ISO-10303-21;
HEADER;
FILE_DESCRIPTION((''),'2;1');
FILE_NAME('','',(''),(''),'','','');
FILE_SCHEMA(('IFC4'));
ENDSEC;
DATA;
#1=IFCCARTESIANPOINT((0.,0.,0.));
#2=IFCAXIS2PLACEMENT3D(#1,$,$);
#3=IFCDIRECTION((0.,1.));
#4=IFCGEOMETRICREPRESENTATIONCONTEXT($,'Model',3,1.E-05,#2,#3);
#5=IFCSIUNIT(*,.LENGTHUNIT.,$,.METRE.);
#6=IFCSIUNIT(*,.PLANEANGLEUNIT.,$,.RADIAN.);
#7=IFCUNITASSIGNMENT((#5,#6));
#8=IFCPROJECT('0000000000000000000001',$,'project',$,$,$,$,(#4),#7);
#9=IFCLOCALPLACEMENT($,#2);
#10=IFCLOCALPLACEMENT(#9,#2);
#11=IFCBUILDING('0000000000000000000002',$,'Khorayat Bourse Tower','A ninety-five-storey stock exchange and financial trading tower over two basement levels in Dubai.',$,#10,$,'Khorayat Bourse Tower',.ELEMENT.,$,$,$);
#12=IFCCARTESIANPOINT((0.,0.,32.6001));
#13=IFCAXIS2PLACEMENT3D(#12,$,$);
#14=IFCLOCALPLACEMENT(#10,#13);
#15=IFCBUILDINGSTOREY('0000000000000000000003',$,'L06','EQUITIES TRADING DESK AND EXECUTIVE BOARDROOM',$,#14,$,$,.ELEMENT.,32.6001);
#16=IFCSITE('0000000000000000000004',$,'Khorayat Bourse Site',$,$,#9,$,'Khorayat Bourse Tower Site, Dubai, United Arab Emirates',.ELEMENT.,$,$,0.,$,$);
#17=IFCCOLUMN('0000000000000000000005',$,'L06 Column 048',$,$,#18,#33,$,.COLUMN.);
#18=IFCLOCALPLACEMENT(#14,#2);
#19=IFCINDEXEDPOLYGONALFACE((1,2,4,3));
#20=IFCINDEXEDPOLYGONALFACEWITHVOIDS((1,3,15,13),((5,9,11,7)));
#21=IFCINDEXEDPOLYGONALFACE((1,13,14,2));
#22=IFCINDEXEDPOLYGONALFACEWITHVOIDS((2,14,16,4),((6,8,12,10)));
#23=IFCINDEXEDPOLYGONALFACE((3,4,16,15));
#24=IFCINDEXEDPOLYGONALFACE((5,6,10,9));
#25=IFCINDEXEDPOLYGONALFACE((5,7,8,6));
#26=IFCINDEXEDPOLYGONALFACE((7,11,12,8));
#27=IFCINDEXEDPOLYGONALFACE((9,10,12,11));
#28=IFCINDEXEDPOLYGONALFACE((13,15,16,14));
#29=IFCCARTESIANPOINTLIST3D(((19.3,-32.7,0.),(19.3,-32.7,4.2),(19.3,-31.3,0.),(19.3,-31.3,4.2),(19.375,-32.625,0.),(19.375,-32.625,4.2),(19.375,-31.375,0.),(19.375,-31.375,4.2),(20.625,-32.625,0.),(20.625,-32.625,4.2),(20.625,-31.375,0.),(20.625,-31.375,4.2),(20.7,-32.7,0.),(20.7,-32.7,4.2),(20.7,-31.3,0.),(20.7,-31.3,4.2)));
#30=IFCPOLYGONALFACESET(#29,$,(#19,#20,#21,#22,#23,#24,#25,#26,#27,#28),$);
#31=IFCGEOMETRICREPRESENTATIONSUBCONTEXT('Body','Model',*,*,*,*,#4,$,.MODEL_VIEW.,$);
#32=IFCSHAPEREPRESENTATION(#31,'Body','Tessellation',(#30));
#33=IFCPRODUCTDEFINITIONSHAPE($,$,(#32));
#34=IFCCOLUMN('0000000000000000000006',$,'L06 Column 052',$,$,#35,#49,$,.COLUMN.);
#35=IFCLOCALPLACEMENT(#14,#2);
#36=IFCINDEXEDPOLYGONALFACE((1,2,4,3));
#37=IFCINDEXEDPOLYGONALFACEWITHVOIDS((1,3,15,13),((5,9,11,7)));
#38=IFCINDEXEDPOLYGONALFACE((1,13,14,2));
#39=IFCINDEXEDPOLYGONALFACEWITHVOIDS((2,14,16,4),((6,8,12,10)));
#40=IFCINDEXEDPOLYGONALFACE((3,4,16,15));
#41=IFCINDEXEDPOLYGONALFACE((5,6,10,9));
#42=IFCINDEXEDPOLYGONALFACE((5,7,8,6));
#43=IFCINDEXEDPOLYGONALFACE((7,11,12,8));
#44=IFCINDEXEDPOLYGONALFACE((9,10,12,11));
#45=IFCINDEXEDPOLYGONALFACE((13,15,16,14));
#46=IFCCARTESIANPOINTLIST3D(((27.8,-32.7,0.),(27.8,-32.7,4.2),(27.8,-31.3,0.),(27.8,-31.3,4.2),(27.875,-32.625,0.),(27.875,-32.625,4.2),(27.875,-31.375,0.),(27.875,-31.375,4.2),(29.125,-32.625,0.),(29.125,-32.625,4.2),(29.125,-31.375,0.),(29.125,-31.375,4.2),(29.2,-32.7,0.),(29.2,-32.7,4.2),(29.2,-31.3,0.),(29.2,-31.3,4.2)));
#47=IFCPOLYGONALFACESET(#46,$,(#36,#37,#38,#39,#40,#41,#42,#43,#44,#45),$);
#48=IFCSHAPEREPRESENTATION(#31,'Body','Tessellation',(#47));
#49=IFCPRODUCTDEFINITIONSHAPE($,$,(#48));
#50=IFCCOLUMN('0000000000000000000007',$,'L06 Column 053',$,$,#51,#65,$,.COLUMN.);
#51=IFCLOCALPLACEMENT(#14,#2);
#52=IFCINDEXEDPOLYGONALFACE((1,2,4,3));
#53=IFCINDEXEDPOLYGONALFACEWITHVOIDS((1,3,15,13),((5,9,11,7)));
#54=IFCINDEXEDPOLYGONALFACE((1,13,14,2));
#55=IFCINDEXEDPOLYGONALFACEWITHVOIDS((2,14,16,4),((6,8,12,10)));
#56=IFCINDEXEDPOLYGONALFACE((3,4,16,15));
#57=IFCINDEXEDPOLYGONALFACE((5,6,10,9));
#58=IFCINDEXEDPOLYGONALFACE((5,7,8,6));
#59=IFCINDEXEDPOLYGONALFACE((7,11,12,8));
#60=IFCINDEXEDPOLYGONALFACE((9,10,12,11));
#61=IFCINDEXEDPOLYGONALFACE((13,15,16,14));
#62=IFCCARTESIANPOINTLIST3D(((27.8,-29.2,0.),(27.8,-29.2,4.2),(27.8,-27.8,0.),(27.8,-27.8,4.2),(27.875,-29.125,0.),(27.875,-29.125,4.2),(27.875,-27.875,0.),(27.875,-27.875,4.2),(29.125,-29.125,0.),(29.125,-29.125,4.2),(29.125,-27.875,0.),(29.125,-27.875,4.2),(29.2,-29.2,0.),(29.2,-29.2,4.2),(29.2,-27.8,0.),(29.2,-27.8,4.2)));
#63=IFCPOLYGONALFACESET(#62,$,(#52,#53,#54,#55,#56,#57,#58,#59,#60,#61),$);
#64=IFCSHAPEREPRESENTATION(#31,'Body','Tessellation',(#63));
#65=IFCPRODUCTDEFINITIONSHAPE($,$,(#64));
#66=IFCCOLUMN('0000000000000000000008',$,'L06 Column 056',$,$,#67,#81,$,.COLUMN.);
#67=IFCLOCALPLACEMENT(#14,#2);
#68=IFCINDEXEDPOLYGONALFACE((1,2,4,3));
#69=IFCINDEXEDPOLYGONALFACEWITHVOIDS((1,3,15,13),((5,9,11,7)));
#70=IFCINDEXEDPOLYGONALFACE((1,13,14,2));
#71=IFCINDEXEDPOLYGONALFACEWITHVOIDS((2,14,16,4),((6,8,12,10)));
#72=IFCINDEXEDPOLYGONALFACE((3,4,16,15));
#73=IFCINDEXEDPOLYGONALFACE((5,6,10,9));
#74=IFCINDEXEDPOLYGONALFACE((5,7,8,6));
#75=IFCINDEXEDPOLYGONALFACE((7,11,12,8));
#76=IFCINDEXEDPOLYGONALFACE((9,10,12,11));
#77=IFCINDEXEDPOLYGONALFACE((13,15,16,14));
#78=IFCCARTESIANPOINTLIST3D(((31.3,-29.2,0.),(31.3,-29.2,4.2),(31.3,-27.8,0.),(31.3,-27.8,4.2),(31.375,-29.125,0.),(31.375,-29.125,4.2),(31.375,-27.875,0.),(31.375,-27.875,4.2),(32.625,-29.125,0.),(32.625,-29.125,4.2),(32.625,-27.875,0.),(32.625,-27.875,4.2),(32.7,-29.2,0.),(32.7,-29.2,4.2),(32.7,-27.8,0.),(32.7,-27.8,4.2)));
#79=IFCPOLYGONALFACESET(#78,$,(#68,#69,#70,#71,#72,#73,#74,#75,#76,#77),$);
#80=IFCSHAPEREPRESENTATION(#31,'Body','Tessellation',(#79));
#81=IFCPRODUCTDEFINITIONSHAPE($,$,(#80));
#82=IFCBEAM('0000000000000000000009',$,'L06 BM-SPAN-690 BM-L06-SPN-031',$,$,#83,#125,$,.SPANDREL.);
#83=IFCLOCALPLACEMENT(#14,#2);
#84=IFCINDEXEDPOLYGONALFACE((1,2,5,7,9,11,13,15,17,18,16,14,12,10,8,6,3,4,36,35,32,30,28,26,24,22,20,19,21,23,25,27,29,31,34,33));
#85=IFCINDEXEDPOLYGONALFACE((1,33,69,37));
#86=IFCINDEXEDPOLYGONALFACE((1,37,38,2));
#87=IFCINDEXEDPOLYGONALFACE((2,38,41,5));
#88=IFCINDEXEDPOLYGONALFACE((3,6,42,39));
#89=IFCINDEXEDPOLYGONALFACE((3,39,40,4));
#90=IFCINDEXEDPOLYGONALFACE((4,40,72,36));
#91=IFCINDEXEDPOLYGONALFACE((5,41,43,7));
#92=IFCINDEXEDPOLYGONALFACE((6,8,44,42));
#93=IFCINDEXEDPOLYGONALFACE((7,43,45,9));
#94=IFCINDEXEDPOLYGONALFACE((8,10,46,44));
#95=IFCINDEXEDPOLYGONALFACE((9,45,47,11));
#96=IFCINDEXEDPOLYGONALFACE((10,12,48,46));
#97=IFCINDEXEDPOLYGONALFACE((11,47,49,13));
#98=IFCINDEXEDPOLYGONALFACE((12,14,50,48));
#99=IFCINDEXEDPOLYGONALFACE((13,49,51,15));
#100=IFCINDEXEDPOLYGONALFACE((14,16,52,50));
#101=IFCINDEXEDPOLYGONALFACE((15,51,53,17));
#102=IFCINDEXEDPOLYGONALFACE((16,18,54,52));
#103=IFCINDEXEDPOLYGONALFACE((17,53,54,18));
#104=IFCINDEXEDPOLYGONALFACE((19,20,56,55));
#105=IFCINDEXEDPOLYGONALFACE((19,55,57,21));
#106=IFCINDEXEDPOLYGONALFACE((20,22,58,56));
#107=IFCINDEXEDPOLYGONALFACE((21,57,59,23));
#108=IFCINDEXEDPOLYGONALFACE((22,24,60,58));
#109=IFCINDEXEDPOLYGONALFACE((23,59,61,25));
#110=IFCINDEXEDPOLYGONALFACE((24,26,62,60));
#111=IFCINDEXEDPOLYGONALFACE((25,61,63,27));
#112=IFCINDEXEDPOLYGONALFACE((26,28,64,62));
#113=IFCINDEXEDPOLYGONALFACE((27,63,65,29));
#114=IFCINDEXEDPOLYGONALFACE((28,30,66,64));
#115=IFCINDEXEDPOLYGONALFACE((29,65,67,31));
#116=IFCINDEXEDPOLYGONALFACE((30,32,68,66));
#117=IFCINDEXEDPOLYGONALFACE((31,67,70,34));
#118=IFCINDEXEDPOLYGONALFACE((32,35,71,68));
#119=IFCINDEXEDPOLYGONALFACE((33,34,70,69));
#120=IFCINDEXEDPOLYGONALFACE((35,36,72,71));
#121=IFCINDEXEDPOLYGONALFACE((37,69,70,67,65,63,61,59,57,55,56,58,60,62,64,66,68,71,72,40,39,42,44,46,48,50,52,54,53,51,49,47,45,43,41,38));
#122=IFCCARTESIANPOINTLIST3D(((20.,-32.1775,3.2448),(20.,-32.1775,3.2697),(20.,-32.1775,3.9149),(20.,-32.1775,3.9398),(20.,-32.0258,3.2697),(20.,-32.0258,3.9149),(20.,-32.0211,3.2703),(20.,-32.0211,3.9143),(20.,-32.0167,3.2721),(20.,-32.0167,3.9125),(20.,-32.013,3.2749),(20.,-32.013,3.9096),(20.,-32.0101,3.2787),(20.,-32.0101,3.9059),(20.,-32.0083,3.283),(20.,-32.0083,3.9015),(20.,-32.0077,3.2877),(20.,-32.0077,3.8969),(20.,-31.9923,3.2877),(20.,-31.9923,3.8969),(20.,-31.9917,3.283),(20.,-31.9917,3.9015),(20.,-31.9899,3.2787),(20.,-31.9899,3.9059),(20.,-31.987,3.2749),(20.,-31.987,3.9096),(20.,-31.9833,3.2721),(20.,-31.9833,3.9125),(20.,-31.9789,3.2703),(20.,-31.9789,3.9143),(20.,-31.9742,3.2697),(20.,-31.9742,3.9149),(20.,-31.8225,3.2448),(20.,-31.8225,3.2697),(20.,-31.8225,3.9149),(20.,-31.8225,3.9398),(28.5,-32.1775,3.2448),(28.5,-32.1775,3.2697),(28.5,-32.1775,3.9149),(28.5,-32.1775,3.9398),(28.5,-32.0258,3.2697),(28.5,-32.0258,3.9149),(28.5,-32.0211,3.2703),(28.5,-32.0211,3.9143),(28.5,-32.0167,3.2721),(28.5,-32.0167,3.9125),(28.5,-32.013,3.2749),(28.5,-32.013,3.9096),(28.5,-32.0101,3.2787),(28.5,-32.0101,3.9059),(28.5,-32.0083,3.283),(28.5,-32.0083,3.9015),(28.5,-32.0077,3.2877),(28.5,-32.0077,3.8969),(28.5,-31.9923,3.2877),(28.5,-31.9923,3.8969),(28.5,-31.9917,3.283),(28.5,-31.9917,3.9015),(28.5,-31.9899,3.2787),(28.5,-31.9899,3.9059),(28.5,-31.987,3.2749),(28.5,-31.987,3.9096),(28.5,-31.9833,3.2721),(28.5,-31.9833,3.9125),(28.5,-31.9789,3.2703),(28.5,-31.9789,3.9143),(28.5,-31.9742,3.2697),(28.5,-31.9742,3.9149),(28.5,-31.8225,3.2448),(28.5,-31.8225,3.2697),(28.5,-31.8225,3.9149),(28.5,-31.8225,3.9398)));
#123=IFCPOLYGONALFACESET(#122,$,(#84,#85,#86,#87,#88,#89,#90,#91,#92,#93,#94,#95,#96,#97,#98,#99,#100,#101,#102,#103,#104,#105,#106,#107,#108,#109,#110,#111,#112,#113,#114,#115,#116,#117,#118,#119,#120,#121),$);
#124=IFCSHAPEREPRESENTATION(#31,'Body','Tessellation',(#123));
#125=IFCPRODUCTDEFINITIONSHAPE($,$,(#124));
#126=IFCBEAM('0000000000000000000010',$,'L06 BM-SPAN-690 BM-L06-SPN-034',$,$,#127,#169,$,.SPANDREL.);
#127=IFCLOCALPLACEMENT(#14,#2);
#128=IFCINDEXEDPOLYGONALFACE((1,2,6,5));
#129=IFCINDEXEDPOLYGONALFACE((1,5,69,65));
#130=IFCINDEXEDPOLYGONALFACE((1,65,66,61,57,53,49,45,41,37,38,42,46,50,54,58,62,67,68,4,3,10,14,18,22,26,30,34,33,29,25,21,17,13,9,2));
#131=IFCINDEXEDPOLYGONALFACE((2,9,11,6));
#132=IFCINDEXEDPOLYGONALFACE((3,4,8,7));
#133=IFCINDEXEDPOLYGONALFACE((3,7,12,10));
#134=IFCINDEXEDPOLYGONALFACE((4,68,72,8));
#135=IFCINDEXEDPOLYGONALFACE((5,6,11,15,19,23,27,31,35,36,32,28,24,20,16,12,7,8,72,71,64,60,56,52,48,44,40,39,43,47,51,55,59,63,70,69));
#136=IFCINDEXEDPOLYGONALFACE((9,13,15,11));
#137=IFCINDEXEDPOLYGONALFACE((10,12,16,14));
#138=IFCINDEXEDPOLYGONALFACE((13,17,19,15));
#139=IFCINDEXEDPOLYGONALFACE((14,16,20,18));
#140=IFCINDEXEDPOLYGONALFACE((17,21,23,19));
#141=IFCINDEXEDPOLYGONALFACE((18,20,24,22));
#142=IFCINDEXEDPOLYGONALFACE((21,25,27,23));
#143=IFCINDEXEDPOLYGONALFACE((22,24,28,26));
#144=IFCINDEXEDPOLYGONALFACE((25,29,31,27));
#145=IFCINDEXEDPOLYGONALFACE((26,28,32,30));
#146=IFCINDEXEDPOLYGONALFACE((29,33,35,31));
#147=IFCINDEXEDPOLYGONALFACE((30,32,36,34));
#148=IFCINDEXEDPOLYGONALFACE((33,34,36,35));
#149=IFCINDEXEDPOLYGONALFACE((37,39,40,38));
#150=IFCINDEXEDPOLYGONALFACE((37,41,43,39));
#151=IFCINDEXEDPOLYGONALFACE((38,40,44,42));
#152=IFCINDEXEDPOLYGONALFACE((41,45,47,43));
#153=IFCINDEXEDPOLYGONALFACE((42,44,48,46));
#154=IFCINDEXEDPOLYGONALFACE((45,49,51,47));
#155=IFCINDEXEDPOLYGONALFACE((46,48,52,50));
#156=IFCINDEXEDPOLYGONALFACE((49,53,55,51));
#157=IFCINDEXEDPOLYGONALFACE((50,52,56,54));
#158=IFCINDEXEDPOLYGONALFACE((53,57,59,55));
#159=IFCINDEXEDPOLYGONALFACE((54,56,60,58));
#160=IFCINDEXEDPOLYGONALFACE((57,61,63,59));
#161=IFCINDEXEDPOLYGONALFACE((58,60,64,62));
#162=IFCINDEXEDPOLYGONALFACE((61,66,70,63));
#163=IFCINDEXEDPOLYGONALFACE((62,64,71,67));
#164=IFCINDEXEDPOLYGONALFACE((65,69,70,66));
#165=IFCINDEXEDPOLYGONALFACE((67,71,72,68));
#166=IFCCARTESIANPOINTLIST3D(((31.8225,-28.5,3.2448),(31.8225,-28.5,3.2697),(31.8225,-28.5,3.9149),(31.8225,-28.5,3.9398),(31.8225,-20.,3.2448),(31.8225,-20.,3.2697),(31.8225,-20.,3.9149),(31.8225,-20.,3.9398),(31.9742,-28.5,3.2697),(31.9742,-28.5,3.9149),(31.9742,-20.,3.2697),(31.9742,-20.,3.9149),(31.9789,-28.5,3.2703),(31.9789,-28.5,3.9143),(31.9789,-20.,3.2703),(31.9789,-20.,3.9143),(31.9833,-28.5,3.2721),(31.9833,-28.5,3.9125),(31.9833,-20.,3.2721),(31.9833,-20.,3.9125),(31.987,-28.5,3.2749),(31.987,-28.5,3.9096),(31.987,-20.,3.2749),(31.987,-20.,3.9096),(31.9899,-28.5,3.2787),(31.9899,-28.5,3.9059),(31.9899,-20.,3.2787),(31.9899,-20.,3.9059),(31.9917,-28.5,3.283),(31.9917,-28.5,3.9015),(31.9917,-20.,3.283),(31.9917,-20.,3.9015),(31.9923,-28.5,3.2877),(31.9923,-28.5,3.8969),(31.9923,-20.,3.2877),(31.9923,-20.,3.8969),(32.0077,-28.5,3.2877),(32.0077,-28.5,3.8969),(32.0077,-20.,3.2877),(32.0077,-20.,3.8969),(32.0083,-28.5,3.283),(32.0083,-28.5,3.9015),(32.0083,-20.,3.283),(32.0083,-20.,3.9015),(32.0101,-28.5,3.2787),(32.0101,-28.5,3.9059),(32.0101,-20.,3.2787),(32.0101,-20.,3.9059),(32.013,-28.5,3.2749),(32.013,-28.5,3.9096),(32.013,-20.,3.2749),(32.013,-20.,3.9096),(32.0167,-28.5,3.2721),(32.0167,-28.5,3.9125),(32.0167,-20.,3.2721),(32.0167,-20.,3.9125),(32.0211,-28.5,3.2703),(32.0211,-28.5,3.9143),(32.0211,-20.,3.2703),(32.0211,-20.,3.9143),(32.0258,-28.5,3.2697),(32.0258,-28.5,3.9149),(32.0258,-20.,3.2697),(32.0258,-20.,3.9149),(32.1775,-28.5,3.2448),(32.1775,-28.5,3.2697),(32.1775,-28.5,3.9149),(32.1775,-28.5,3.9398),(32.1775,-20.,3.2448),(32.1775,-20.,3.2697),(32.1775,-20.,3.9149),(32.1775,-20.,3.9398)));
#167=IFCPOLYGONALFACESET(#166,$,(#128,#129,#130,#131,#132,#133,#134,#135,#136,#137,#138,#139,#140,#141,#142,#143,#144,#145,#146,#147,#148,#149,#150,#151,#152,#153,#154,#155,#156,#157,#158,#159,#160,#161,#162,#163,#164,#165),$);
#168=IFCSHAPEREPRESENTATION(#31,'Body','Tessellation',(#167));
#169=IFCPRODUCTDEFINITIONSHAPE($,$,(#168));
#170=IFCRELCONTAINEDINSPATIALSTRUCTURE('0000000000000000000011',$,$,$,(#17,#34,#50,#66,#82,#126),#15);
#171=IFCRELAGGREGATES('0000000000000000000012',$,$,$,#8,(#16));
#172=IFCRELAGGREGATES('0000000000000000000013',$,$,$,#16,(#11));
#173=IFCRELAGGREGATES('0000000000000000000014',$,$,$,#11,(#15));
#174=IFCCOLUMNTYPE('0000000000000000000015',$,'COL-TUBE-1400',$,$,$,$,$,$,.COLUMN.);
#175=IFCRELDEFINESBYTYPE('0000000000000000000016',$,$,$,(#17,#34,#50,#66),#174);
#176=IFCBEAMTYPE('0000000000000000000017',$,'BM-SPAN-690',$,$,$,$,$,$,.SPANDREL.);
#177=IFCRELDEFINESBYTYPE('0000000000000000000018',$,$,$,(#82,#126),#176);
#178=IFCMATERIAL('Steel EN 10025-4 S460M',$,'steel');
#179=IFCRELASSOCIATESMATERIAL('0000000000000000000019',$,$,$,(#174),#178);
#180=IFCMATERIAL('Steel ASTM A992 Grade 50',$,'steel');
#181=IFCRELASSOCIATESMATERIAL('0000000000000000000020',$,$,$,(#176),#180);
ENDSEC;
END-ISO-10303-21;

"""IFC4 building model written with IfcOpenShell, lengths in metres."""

from ifc_helpers import new_model, si_unit, direction, frame, origin, origin_2d, place, context, subcontext, project, spatial, hollow_rectangle, i_section, extrude, source, transform, mapped, material, material_profile, profile_set, type_object, element, save


model = new_model("IFC4")

# Units and contexts
model_context = context("Model", 3, precision=1e-05, world=origin(), true_north=direction((0.0, 1.0)))
body_context = subcontext(model_context, "Body", "Model", "MODEL_VIEW")
ifc_project = project(units=[si_unit("LENGTHUNIT", "METRE"), si_unit("PLANEANGLEUNIT", "RADIAN")], contexts=[model_context])

# Site, building, storey
site_placement = place(None, origin())
site = spatial("IfcSite", under=ifc_project, at=site_placement, Name="Khorayat Bourse Site", LongName="Khorayat Bourse Tower Site, Dubai, United Arab Emirates", CompositionType="ELEMENT", RefElevation=0.0)
building_placement = place(site_placement, origin())
building = spatial("IfcBuilding", under=site, at=building_placement, Name="Khorayat Bourse Tower", Description="A ninety-five-storey stock exchange and financial trading tower over two basement levels in Dubai.", LongName="Khorayat Bourse Tower", CompositionType="ELEMENT")
storey_placement = place(building_placement, frame((0.0, 0.0, 32.6001)))
storey = spatial("IfcBuildingStorey", under=building, at=storey_placement, Name="L06", Description="EQUITIES TRADING DESK AND EXECUTIVE BOARDROOM", CompositionType="ELEMENT", Elevation=32.6001)

# Columns
ifc_material_1 = material(Name="Steel EN 10025-4 S460M", Category="steel")
ifc_material_profile_1 = material_profile(ifc_material_1, hollow_rectangle(XDim=1.3999, YDim=1.3999, WallThickness=0.075, at=origin_2d()), Name="BOX 1400x1400x75")
ifc_profile_set_1 = profile_set([ifc_material_profile_1], Name="Steel EN 10025-4 S460M")
column_type = type_object("IfcColumnType", Name="COL-TUBE-1400", PredefinedType="COLUMN", material=ifc_profile_set_1)
shared_shape_1 = source(origin(), body_context, "Body", "SweptSolid", [
    extrude(hollow_rectangle(XDim=1.3999, YDim=1.3999, WallThickness=0.075, at=origin_2d()), origin(), (0.0, 0.0, 1.0), 4.2),
])
for number, where, z_axis, x_axis, name in (
    (1, (20.0, -32.0, 0.0), (0.0, 0.0, 1.0), (1.0, 0.0, 0.0), "L06 Column 048"),
    (2, (28.5, -32.0, 0.0), (0.0, 0.0, 1.0), (1.0, 0.0, 0.0), "L06 Column 052"),
    (3, (28.5, -28.5, 0.0), (0.0, 0.0, 1.0), (1.0, 0.0, 0.0), "L06 Column 053"),
    (4, (32.0, -28.5, 0.0), (0.0, 0.0, 1.0), (1.0, 0.0, 0.0), "L06 Column 056"),
):
    element("IfcColumn", number, at=place(storey_placement, frame(where, z_axis=z_axis, x_axis=x_axis)), inside=storey, type_object=column_type, Name=name, PredefinedType="COLUMN", context=body_context, shape_type="MappedRepresentation", body=[
        mapped(shared_shape_1, transform((0.0, 0.0, 0.0), scale=1.0)),
    ])

# Beams
ifc_material_2 = material(Name="Steel ASTM A992 Grade 50", Category="steel")
ifc_material_profile_2 = material_profile(ifc_material_2, i_section(OverallWidth=0.355, OverallDepth=0.6951, WebThickness=0.0154, FlangeThickness=0.0249, FilletRadius=0.0181, at=origin_2d()), Name="W690X217")
ifc_profile_set_2 = profile_set([ifc_material_profile_2], Name="Steel ASTM A992 Grade 50")
beam_type_1 = type_object("IfcBeamType", Name="BM-SPAN-690", PredefinedType="SPANDREL", material=ifc_profile_set_2)
shared_shape_2 = source(origin(), body_context, "Body", "SweptSolid", [
    extrude(i_section(OverallWidth=0.355, OverallDepth=0.6951, WebThickness=0.0154, FlangeThickness=0.0249, FilletRadius=0.0181, at=origin_2d()), origin(), (0.0, 0.0, 1.0), 8.5),
])
for number, where, z_axis, x_axis, name in (
    (5, (20.0, -32.0, 3.5923), (1.0, 0.0, 0.0), (0.0, 1.0, 0.0), "L06 BM-SPAN-690 BM-L06-SPN-031"),
    (6, (32.0, -28.5, 3.5923), (0.0, 1.0, 0.0), (-1.0, 0.0, 0.0), "L06 BM-SPAN-690 BM-L06-SPN-034"),
):
    element("IfcBeam", number, at=place(storey_placement, frame(where, z_axis=z_axis, x_axis=x_axis)), inside=storey, type_object=beam_type_1, Name=name, PredefinedType="SPANDREL", context=body_context, shape_type="MappedRepresentation", body=[
        mapped(shared_shape_2, transform((0.0, 0.0, 0.0), scale=1.0)),
    ])

save(model, "model.ifc")
